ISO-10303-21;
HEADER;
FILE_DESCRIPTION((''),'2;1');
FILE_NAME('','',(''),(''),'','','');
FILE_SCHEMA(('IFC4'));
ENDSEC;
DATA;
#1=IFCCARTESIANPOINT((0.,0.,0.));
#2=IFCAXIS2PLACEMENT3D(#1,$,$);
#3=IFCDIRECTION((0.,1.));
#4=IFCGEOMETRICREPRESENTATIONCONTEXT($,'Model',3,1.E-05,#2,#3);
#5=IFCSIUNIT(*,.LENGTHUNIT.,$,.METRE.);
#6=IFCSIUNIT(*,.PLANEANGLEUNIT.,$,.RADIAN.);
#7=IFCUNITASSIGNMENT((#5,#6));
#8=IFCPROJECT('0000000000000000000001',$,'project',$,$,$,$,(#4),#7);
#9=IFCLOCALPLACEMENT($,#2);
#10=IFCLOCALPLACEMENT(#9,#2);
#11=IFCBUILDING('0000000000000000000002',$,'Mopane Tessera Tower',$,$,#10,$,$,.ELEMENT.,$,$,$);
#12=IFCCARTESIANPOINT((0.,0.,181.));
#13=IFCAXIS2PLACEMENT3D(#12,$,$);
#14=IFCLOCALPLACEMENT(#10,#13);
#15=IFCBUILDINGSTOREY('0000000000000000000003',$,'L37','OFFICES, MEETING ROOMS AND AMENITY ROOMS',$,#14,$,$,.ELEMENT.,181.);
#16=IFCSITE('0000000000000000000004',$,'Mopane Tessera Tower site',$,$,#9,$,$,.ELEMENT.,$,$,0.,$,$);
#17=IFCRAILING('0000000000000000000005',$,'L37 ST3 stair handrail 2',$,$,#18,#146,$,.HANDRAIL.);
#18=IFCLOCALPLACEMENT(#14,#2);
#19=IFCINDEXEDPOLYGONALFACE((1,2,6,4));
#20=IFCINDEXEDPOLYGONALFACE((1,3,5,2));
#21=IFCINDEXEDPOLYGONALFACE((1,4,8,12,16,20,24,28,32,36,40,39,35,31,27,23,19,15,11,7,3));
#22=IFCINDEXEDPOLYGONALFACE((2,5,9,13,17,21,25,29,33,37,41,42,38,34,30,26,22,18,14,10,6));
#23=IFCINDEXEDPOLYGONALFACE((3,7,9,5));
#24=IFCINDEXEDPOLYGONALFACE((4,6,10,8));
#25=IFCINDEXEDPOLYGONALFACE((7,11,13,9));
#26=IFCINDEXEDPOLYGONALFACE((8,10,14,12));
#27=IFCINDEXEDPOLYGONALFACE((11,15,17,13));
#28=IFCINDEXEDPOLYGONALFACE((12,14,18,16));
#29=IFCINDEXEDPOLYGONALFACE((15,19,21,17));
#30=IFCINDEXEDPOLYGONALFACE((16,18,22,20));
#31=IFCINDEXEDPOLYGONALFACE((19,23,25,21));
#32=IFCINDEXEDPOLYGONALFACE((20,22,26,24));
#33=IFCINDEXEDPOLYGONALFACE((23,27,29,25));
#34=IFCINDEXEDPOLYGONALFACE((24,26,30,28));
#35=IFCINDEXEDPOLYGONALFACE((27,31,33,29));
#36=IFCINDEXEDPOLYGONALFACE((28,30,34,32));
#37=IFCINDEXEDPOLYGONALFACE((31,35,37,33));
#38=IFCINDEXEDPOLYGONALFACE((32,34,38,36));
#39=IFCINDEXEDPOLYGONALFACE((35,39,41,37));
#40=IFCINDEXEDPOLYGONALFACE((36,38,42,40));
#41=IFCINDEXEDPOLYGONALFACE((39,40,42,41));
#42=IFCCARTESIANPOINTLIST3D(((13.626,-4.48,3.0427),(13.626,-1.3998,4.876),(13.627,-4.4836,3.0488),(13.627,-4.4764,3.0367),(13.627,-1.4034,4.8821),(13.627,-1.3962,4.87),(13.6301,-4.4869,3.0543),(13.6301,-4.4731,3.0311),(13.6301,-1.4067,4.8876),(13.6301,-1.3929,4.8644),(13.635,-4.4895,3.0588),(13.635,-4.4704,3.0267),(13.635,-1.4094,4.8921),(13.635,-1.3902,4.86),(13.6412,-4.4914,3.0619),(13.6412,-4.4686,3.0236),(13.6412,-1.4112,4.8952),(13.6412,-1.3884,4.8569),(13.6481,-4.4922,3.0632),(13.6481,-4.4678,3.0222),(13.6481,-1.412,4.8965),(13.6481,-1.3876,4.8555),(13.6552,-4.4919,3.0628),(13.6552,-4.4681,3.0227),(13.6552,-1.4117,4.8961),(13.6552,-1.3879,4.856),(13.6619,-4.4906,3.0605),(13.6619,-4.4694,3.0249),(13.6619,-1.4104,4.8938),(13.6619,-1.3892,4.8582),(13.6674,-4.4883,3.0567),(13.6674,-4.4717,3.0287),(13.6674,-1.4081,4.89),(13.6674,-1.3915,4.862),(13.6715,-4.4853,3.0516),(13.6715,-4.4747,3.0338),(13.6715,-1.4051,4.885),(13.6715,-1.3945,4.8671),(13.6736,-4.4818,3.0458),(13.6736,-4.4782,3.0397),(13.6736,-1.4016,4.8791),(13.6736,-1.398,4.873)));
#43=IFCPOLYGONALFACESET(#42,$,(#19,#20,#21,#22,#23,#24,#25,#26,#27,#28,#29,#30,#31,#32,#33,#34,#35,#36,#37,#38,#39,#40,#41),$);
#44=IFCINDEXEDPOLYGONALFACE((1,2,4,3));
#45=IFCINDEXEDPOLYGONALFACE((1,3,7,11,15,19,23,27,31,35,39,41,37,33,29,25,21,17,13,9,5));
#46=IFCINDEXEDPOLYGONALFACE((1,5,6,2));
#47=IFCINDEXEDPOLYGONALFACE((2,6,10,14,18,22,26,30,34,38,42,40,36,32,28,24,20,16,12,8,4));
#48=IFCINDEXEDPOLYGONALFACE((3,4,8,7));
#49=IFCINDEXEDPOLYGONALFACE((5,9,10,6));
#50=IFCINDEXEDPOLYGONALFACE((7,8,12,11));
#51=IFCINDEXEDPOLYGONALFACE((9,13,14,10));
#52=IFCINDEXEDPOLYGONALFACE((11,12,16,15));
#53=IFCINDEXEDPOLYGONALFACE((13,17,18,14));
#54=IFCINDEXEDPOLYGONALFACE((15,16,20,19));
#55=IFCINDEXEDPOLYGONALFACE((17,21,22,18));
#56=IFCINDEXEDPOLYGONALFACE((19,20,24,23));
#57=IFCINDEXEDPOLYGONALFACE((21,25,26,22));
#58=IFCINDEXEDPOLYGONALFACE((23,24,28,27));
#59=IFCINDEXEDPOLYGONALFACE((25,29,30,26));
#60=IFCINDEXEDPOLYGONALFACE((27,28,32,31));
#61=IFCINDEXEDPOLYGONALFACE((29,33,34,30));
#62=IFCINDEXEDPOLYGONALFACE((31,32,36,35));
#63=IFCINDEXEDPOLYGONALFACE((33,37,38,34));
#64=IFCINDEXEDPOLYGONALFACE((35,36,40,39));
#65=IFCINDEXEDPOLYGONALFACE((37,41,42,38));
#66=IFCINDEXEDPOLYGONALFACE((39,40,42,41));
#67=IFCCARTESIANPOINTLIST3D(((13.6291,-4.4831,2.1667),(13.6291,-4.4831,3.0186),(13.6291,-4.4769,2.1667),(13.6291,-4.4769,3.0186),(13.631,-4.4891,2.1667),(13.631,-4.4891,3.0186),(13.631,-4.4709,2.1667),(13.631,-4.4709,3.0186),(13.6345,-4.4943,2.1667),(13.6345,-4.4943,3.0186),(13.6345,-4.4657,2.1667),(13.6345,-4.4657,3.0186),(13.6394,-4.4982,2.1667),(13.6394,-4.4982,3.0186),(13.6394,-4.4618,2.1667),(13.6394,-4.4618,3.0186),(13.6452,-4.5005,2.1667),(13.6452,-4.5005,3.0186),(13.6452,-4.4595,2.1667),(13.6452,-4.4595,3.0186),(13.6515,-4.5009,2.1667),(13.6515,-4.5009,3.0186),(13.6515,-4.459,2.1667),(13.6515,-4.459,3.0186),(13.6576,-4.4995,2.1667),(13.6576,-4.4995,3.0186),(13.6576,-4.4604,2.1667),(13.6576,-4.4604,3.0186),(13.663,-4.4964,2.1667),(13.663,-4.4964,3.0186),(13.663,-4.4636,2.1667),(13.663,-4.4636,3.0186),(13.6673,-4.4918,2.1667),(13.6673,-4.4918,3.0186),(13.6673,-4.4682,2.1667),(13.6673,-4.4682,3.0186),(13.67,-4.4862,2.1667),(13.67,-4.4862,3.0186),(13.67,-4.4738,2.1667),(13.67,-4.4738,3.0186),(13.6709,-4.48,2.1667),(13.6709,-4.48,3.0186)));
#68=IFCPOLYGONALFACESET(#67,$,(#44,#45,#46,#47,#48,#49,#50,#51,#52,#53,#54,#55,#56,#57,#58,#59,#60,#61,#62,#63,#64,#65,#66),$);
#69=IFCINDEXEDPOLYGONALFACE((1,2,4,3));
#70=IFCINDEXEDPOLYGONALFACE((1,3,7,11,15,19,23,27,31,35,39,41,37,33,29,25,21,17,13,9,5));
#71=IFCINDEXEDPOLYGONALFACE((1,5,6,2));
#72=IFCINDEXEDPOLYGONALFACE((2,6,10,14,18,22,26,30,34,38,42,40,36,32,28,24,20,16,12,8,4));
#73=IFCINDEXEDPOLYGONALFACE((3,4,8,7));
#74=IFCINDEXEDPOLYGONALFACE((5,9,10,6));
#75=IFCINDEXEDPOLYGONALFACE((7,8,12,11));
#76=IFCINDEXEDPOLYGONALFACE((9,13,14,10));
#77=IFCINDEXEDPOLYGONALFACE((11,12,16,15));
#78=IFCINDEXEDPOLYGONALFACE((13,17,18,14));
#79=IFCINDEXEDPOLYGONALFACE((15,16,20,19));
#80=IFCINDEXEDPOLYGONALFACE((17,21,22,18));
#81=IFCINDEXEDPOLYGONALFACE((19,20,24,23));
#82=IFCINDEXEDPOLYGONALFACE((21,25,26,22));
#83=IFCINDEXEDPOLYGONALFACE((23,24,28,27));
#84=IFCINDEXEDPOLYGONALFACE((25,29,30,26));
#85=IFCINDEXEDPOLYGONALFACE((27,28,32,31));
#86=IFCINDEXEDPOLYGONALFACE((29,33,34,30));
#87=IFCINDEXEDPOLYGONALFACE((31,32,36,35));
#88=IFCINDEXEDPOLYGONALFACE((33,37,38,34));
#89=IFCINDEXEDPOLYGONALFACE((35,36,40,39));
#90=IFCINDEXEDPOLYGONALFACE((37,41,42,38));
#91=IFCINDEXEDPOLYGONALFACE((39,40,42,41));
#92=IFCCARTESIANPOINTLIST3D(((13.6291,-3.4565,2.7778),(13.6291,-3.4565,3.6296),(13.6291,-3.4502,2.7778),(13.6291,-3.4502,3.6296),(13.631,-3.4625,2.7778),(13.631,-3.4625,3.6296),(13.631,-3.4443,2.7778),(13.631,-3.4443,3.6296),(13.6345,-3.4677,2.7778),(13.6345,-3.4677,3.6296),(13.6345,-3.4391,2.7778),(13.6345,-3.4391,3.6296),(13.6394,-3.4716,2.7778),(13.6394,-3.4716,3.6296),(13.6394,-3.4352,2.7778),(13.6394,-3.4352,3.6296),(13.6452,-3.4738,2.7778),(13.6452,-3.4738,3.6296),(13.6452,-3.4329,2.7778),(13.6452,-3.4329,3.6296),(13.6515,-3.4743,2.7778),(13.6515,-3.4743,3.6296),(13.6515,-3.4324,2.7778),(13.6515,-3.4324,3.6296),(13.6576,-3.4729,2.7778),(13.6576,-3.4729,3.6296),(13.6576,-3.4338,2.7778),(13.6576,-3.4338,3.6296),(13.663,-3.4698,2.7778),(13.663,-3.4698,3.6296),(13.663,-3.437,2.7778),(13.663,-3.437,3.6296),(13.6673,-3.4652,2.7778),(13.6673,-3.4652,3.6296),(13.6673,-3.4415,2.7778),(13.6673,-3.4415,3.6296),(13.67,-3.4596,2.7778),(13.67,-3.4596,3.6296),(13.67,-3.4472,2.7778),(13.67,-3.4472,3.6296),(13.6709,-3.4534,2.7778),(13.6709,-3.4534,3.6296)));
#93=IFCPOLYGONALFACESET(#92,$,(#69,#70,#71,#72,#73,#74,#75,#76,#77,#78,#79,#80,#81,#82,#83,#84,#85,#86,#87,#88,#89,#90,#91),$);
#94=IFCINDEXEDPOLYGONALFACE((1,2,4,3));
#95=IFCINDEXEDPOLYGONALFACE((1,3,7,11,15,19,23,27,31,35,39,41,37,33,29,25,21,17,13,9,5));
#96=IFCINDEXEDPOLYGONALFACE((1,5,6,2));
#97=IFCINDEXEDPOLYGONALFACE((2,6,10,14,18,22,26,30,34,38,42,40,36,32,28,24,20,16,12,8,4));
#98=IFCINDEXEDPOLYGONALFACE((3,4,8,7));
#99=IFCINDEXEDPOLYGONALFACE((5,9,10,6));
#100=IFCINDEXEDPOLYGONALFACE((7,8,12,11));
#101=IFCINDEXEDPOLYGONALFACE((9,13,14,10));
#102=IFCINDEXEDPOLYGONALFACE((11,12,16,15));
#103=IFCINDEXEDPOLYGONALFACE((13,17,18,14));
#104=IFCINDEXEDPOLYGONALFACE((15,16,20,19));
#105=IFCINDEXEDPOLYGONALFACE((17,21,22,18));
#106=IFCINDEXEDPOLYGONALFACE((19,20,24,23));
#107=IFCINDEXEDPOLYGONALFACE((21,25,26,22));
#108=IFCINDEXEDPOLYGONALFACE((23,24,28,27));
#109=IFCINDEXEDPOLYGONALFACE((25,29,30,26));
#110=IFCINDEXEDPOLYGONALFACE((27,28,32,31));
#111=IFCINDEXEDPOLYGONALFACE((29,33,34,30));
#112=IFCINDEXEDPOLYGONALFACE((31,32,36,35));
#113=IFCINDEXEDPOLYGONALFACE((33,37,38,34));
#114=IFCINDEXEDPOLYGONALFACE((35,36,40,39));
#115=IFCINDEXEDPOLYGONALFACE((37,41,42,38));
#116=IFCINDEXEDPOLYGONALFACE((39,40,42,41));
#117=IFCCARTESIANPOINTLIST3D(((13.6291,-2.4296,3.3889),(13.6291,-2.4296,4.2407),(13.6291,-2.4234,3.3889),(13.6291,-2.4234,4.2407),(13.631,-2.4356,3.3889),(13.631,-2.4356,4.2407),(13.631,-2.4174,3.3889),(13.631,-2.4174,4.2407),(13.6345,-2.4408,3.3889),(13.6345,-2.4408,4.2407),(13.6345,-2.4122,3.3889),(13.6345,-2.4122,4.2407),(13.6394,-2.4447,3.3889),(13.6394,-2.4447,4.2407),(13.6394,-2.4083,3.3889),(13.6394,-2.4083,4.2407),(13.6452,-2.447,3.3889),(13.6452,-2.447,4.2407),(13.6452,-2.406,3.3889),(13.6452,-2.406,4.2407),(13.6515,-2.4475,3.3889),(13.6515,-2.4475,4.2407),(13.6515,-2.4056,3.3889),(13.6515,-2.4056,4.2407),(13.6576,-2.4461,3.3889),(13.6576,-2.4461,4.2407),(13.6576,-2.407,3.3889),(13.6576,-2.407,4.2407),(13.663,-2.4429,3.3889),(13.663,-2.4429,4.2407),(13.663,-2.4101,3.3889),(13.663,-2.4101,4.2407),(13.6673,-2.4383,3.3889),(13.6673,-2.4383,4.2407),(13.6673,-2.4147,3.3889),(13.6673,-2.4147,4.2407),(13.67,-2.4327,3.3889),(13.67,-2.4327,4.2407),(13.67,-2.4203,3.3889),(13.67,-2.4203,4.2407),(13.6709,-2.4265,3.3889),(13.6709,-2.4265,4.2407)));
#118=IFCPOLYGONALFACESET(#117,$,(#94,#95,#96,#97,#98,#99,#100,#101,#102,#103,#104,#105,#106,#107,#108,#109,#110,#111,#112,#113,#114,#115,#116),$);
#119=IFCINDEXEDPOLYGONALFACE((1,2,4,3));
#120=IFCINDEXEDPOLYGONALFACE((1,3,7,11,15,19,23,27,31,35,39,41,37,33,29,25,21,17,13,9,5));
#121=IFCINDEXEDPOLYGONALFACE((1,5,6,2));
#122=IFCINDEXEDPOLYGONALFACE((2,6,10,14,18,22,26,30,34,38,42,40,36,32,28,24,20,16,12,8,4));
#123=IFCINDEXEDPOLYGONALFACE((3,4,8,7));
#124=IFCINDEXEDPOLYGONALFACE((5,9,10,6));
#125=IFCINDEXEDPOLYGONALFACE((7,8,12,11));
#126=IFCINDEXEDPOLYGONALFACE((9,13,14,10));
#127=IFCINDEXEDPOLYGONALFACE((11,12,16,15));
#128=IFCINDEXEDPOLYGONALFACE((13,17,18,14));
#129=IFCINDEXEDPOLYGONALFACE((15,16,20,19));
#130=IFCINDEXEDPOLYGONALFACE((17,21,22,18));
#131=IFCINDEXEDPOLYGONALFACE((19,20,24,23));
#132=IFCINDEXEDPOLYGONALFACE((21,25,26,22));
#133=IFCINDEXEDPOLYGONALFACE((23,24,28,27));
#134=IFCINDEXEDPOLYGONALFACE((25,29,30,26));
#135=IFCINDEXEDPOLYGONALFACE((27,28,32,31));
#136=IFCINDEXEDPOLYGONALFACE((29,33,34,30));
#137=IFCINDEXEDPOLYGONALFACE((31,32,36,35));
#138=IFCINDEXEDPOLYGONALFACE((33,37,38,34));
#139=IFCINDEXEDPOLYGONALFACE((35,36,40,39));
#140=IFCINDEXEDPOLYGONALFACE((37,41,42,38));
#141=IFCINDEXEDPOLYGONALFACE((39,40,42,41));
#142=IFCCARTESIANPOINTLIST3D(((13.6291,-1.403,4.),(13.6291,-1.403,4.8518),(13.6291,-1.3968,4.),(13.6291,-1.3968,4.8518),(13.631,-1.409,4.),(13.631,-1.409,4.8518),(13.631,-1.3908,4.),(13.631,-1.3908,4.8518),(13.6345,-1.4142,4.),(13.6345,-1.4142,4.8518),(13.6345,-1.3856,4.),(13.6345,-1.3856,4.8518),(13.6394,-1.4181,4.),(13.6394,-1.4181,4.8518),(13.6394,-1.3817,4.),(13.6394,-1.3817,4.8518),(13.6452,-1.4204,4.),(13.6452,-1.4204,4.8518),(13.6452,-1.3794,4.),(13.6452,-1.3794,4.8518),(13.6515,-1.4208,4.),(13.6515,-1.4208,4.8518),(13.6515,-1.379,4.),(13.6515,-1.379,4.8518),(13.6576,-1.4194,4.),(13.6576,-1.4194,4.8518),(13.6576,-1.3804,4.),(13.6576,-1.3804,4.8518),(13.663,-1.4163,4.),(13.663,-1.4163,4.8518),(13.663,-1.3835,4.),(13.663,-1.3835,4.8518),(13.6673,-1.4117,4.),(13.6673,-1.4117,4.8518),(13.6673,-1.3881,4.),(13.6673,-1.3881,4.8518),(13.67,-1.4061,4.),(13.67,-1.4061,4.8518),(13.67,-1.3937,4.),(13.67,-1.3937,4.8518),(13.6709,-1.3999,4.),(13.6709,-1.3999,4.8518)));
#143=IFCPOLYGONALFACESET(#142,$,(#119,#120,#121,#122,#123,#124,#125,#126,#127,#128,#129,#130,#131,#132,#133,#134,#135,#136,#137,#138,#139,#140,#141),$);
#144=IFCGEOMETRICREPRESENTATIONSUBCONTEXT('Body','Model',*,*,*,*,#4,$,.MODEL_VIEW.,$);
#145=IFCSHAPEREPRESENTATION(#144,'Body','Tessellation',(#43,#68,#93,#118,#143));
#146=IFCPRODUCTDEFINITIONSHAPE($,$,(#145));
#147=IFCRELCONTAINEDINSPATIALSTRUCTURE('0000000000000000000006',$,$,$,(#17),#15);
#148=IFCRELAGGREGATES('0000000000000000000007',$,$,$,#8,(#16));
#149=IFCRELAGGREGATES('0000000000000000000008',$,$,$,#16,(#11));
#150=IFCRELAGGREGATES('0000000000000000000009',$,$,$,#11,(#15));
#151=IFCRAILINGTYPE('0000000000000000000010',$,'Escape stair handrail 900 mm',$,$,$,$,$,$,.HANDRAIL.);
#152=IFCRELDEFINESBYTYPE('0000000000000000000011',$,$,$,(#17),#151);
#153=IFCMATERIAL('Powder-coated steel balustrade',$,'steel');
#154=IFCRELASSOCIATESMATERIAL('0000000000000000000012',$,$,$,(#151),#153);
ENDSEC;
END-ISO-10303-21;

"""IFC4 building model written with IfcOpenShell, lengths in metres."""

from ifc_helpers import new_model, si_unit, direction, frame, origin, origin_2d, place, context, subcontext, project, spatial, circle, extrude, material, type_object, element, save


model = new_model("IFC4")

# Units and contexts
model_context = context("Model", 3, precision=1e-05, world=origin(), true_north=direction((0.0, 1.0)))
body_context = subcontext(model_context, "Body", "Model", "MODEL_VIEW")
ifc_project = project(units=[si_unit("LENGTHUNIT", "METRE"), si_unit("PLANEANGLEUNIT", "RADIAN")], contexts=[model_context])

# Site, building, storey
site_placement = place(None, origin())
site = spatial("IfcSite", under=ifc_project, at=site_placement, Name="Mopane Tessera Tower site", CompositionType="ELEMENT", RefElevation=0.0)
building_placement = place(site_placement, origin())
building = spatial("IfcBuilding", under=site, at=building_placement, Name="Mopane Tessera Tower", CompositionType="ELEMENT")
storey_placement = place(building_placement, frame((0.0, 0.0, 181.0)))
storey = spatial("IfcBuildingStorey", under=building, at=storey_placement, Name="L37", Description="OFFICES, MEETING ROOMS AND AMENITY ROOMS", CompositionType="ELEMENT", Elevation=181.0)

# Railing
ifc_material_1 = material(Name="Powder-coated steel balustrade", Category="steel")
railing_type_1 = type_object("IfcRailingType", Name="Escape stair handrail 900 mm", PredefinedType="HANDRAIL", material=ifc_material_1)
railing_1_placement = place(storey_placement, frame((13.6499, -4.48, 2.1667)))
element("IfcRailing", 1, at=railing_1_placement, inside=storey, type_object=railing_type_1, Name="L37 ST3 stair handrail 2", PredefinedType="HANDRAIL", context=body_context, shape_type="SweptSolid", body=[
    extrude(circle(Radius=0.0239, at=origin_2d()), frame((0.0, 0.0, 0.876), z_axis=(0.0, 0.859309, 0.511458), x_axis=(-1.0, 0.0, 0.0)), (0.0, 0.0, 1.0), 3.5845),
    extrude(circle(Radius=0.021, at=origin_2d()), origin(), (0.0, 0.0, 1.0), 0.8518),
    extrude(circle(Radius=0.021, at=origin_2d()), frame((0.0, 1.0266, 0.6111)), (0.0, 0.0, 1.0), 0.8518),
    extrude(circle(Radius=0.021, at=origin_2d()), frame((0.0, 2.0535, 1.2222)), (0.0, 0.0, 1.0), 0.8518),
    extrude(circle(Radius=0.021, at=origin_2d()), frame((0.0, 3.0801, 1.8333)), (0.0, 0.0, 1.0), 0.8518),
])

save(model, "model.ifc")
